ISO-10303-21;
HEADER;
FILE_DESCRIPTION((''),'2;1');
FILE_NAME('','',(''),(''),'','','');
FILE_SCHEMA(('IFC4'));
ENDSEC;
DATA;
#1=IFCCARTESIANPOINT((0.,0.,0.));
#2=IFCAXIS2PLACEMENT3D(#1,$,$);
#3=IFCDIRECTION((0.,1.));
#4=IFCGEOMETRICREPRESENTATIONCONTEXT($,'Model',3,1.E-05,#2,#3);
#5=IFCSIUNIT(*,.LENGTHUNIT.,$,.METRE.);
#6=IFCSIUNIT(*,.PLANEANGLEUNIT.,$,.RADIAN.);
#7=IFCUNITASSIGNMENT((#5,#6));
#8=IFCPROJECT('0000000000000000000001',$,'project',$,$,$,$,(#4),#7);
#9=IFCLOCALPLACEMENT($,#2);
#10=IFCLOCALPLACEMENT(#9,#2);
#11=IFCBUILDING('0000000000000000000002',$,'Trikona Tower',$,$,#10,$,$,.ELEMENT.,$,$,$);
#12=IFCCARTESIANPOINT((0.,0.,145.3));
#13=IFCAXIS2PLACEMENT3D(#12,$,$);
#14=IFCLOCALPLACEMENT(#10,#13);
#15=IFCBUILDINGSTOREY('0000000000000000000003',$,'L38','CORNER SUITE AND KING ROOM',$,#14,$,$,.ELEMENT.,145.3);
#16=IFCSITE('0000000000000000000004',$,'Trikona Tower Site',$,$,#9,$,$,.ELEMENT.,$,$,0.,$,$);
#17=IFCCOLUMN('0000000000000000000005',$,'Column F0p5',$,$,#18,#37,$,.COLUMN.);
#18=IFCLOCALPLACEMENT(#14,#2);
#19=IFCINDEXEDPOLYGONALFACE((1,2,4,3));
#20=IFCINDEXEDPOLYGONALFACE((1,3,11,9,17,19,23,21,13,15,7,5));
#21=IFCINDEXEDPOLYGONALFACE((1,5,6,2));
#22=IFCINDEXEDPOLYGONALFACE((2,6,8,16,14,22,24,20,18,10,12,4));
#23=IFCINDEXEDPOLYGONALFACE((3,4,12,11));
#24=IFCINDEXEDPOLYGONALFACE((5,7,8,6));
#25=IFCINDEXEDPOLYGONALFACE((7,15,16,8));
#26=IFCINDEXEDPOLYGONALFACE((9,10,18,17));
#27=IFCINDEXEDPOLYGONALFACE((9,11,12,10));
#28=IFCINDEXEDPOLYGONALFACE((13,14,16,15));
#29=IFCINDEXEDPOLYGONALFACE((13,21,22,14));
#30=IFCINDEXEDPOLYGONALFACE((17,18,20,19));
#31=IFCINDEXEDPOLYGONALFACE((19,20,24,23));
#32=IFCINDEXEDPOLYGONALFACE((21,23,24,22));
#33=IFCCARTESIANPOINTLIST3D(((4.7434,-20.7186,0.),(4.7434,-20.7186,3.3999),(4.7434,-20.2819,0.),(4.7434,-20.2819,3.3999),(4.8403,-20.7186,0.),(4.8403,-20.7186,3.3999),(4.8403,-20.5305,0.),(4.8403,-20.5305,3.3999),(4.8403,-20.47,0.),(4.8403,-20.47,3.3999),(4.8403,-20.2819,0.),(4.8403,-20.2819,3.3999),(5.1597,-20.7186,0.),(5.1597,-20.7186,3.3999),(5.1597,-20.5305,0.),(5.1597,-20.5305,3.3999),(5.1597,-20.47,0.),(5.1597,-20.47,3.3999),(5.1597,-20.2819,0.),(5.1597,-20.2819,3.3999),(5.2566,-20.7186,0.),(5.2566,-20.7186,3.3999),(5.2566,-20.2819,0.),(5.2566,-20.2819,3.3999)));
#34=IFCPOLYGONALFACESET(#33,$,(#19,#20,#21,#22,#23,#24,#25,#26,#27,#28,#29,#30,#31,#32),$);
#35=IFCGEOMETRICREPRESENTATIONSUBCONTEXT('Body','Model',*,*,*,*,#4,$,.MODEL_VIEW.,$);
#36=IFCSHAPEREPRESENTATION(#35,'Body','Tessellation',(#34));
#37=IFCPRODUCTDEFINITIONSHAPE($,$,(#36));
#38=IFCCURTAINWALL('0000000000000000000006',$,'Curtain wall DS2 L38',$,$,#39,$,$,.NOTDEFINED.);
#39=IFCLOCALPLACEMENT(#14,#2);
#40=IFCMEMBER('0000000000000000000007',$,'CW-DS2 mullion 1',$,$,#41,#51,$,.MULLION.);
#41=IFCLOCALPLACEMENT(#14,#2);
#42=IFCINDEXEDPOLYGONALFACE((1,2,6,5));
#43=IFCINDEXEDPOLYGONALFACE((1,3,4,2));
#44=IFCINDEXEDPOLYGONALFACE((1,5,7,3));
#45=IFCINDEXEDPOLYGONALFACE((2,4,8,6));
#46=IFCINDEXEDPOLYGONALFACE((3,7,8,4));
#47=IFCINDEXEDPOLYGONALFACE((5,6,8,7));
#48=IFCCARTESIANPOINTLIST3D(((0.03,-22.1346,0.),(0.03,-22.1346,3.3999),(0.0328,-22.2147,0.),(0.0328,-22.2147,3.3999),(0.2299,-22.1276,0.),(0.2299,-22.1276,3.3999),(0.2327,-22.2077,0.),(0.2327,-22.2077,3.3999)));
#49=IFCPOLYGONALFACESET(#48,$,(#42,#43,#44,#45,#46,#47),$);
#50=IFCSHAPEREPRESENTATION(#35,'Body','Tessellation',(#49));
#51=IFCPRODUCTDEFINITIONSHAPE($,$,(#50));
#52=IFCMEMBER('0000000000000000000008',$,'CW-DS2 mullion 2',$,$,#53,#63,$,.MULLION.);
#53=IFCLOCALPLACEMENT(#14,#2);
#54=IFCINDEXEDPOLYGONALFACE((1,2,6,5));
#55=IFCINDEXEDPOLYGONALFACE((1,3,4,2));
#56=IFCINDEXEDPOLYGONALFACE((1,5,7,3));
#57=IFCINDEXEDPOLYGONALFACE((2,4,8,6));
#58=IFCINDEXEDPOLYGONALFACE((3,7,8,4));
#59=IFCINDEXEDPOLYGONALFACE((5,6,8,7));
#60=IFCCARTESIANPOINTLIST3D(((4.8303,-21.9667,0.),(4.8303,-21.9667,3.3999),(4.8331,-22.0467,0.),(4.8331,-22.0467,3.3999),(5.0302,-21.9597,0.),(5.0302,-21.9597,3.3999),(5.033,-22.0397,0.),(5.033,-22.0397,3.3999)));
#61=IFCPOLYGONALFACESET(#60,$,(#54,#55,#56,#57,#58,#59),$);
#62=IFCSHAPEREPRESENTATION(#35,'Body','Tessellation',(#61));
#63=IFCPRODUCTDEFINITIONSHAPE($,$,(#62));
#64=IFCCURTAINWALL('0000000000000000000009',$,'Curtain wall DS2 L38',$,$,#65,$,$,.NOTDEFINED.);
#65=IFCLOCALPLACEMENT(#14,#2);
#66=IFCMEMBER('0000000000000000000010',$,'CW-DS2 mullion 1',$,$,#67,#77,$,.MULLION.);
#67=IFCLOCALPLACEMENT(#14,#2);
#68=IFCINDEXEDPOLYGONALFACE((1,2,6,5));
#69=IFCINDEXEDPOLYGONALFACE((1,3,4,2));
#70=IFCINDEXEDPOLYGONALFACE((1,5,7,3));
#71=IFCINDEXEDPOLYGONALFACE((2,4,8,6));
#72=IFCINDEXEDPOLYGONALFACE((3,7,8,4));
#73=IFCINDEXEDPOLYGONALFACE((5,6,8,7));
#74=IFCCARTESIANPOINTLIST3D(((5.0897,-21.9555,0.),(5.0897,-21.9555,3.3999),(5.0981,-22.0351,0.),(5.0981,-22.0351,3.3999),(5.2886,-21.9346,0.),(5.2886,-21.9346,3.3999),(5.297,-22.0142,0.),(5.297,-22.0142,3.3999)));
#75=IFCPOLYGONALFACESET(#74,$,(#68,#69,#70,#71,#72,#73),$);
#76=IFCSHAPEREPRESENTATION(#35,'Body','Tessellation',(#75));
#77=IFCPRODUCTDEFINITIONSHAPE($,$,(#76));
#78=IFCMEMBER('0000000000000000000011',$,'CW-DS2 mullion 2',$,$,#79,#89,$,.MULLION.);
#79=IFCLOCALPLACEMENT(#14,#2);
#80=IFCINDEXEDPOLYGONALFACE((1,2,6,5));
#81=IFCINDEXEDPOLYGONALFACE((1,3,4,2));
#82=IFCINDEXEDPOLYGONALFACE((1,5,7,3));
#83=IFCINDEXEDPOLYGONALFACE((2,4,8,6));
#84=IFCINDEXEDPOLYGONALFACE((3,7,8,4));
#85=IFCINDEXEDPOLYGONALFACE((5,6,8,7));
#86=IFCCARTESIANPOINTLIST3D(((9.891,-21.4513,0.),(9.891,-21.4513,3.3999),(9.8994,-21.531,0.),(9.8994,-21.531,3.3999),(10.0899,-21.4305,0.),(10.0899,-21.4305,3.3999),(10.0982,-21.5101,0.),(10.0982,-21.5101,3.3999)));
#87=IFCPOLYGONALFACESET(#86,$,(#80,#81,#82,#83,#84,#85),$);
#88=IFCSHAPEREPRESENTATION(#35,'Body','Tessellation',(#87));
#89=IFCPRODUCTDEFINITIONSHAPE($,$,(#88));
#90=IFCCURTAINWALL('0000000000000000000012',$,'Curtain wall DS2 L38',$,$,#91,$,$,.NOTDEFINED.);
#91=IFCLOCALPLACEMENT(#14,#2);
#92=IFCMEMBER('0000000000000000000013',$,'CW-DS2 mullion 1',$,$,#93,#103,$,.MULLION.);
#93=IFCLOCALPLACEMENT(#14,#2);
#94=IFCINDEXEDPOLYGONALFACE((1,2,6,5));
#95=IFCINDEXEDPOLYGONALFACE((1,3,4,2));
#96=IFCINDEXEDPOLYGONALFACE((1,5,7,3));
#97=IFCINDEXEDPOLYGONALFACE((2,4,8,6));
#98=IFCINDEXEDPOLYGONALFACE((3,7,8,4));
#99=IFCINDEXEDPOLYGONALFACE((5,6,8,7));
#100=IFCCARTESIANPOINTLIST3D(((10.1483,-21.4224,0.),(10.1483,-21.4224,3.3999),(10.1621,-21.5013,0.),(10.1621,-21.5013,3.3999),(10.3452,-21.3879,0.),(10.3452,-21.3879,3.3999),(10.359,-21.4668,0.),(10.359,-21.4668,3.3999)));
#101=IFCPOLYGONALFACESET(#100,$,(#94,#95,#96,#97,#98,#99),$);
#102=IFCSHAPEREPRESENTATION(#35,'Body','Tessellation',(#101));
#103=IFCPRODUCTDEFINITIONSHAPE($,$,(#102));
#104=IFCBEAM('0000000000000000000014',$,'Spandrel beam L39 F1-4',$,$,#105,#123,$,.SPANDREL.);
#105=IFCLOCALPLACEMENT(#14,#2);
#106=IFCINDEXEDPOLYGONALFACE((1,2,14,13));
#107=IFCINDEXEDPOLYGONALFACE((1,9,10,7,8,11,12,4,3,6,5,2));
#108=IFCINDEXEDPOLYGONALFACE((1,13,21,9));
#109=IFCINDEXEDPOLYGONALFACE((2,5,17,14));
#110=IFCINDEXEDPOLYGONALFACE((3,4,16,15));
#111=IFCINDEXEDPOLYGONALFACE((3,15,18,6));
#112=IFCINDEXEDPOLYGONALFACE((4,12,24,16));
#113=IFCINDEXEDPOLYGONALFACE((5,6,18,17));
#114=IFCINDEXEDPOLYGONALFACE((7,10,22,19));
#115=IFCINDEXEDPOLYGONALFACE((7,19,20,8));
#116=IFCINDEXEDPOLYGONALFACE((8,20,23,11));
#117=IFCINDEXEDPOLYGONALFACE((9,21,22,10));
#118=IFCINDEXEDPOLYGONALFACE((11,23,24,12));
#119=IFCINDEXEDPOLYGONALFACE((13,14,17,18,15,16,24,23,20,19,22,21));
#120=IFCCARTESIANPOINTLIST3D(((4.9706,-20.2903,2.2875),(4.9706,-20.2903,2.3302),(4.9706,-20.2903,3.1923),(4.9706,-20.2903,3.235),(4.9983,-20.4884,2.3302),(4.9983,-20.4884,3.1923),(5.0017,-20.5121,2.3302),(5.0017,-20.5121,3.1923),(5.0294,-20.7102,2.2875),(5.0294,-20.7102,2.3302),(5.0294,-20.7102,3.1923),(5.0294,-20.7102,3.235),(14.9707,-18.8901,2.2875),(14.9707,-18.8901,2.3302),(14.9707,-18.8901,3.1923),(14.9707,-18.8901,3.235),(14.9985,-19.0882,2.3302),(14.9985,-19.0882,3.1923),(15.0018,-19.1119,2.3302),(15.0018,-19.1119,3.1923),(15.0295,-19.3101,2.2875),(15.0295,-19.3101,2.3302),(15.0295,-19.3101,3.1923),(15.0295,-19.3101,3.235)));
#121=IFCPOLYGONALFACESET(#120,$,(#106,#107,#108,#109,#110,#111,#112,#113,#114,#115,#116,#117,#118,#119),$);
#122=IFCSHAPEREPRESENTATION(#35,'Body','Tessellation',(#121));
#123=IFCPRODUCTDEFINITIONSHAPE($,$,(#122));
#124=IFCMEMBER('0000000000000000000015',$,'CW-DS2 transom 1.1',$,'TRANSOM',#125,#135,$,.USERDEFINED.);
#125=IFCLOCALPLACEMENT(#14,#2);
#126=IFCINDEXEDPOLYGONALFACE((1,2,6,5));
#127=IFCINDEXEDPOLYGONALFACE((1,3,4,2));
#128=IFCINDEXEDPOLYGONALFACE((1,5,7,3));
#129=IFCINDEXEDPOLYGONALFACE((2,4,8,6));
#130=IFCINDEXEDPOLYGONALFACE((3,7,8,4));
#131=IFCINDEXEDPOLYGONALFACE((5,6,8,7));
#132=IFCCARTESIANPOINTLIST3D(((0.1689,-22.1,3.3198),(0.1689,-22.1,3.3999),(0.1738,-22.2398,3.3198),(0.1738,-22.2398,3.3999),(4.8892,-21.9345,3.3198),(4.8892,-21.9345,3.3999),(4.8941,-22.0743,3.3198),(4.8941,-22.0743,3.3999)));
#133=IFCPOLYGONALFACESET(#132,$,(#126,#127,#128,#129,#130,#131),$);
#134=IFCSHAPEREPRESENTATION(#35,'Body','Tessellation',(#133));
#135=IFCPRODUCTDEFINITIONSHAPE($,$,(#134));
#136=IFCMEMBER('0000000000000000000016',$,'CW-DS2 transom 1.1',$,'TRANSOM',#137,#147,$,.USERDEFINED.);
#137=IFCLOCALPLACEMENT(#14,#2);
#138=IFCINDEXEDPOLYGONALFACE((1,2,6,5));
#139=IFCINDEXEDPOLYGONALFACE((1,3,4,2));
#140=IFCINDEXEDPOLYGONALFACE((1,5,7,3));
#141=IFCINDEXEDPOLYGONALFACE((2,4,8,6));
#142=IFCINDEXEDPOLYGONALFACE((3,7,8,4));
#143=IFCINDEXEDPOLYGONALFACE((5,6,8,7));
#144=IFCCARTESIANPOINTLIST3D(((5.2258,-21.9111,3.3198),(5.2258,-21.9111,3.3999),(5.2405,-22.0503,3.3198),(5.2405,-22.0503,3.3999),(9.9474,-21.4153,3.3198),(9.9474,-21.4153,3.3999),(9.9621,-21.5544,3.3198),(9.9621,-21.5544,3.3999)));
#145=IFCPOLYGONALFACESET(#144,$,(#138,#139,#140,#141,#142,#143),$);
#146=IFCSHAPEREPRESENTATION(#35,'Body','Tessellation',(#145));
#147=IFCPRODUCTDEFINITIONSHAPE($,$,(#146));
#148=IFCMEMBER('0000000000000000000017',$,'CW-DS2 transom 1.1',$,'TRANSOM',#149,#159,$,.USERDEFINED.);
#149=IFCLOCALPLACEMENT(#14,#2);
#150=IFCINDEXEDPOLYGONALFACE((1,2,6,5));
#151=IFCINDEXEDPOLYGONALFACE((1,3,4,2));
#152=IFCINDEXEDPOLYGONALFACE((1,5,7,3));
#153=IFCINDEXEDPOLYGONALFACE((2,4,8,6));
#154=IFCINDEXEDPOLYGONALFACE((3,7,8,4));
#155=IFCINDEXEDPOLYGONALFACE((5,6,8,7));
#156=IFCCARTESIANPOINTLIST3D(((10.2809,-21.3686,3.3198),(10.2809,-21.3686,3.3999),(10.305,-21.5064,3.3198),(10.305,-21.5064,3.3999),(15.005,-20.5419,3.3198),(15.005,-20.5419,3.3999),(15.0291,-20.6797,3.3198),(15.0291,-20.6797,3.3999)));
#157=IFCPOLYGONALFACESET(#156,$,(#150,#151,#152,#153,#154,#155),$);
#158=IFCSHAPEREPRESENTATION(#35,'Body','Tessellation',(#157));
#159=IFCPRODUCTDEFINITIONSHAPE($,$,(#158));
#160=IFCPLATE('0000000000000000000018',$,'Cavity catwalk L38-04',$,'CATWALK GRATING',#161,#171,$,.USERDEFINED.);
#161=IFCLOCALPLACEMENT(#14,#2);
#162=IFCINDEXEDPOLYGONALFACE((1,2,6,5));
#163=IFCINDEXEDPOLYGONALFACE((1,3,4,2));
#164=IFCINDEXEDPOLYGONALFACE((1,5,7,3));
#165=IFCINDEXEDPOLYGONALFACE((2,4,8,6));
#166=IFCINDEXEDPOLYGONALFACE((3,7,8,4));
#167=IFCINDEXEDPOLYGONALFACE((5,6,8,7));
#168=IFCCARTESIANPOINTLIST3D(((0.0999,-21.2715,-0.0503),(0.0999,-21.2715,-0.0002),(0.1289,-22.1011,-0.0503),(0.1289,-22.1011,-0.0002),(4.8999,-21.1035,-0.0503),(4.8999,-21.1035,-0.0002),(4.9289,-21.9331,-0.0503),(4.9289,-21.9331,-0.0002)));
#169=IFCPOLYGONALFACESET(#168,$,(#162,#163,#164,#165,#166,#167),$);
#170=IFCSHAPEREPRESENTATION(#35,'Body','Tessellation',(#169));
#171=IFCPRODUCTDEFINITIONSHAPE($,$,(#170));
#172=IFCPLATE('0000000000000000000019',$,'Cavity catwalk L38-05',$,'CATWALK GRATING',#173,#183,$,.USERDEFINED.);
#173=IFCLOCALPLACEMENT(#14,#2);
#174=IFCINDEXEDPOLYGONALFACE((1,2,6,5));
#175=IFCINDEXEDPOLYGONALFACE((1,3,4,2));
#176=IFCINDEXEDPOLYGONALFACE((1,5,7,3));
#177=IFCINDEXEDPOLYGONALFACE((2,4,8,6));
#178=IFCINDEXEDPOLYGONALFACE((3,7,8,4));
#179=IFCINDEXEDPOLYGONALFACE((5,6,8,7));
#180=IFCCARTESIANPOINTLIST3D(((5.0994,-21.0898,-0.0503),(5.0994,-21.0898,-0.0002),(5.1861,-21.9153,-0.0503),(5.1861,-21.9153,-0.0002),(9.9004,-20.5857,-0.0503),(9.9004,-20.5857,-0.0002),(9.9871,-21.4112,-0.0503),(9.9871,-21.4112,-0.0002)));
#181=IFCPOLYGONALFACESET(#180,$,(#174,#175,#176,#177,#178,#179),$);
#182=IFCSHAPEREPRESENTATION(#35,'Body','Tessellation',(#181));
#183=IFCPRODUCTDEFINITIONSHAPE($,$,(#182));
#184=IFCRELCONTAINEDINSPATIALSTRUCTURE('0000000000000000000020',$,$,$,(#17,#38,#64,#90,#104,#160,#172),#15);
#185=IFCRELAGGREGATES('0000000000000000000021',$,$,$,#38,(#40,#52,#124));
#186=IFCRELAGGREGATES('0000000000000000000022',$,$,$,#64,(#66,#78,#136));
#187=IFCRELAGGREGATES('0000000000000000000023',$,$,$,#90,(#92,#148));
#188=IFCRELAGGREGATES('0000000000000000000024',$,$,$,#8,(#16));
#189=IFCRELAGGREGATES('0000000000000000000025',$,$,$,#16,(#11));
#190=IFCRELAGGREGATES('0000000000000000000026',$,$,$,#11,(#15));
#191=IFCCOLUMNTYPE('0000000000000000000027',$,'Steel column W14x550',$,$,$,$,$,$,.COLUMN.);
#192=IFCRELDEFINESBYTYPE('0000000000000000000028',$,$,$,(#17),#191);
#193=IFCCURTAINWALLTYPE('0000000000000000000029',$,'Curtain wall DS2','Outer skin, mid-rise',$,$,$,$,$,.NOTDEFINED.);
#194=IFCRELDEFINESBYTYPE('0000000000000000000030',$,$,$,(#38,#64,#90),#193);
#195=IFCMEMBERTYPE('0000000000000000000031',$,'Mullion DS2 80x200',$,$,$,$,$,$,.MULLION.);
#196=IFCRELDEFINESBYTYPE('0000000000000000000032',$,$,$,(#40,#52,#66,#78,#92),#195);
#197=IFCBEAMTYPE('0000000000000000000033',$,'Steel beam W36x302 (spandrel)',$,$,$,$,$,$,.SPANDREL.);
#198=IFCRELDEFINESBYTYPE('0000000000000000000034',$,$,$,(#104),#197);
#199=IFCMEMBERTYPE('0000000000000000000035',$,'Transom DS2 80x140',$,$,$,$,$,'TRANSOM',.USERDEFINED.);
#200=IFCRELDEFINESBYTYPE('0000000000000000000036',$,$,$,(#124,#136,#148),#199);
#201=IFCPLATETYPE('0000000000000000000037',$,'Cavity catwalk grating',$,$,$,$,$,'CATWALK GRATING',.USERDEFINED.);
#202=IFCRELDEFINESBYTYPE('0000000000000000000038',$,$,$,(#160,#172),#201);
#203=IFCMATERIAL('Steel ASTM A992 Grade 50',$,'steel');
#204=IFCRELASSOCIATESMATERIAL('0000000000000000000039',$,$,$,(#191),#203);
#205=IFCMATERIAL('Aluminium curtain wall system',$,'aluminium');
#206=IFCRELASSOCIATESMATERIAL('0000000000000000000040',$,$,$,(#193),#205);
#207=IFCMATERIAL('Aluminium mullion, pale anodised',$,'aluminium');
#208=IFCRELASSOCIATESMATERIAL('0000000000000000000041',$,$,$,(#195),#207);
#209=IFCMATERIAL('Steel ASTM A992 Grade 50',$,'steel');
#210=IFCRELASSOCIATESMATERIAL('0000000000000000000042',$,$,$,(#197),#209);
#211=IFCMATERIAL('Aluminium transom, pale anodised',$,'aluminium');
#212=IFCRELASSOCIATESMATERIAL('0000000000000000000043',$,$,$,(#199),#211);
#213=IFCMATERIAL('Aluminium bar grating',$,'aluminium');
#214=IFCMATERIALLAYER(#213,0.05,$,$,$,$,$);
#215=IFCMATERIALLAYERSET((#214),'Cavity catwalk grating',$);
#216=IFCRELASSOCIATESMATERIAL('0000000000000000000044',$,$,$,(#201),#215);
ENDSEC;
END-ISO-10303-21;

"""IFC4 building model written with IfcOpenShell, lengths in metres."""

from ifc_helpers import new_model, si_unit, direction, frame, origin, origin_2d, place, context, subcontext, project, spatial, rectangle, i_section, extrude, material, layer, layer_set, material_profile, profile_set, type_object, element, aggregate, save


model = new_model("IFC4")

# Units and contexts
model_context = context("Model", 3, precision=1e-05, world=origin(), true_north=direction((0.0, 1.0)))
body_context = subcontext(model_context, "Body", "Model", "MODEL_VIEW")
ifc_project = project(units=[si_unit("LENGTHUNIT", "METRE"), si_unit("PLANEANGLEUNIT", "RADIAN")], contexts=[model_context])

# Site, building, storey
site_placement = place(None, origin())
site = spatial("IfcSite", under=ifc_project, at=site_placement, Name="Trikona Tower Site", CompositionType="ELEMENT", RefElevation=0.0)
building_placement = place(site_placement, origin())
building = spatial("IfcBuilding", under=site, at=building_placement, Name="Trikona Tower", CompositionType="ELEMENT")
storey_placement = place(building_placement, frame((0.0, 0.0, 145.3)))
storey = spatial("IfcBuildingStorey", under=building, at=storey_placement, Name="L38", Description="CORNER SUITE AND KING ROOM", CompositionType="ELEMENT", Elevation=145.3)

# Column
ifc_material_1 = material(Name="Steel ASTM A992 Grade 50", Category="steel")
ifc_material_profile_1 = material_profile(ifc_material_1, i_section(OverallWidth=0.4368, OverallDepth=0.5132, WebThickness=0.0605, FlangeThickness=0.0969, at=origin_2d()), Name="W14X550")
ifc_profile_set_1 = profile_set([ifc_material_profile_1], Name="Steel ASTM A992 Grade 50")
column_type = type_object("IfcColumnType", Name="Steel column W14x550", PredefinedType="COLUMN", material=ifc_profile_set_1)
column_placement = place(storey_placement, frame((5.0, -20.5002, 0.0), z_axis=(0.0, 0.0, 1.0), x_axis=(0.0, -1.0, 0.0)))
element("IfcColumn", 1, at=column_placement, inside=storey, type_object=column_type, Name="Column F0p5", PredefinedType="COLUMN", context=body_context, shape_type="SweptSolid", body=[
    extrude(i_section(OverallWidth=0.4368, OverallDepth=0.5132, WebThickness=0.0605, FlangeThickness=0.0969, at=origin_2d()), origin(), (0.0, 0.0, 1.0), 3.3999),
])

# Curtain walls, members
ifc_material_2 = material(Name="Aluminium curtain wall system", Category="aluminium")
curtain_wall_type = type_object("IfcCurtainWallType", Name="Curtain wall DS2", Description="Outer skin, mid-rise", PredefinedType="NOTDEFINED", material=ifc_material_2)
curtain_wall_1_placement = place(storey_placement, origin())
curtain_wall_1 = element("IfcCurtainWall", 2, at=curtain_wall_1_placement, inside=storey, type_object=curtain_wall_type, Name="Curtain wall DS2 L38", PredefinedType="NOTDEFINED")
ifc_material_3 = material(Name="Aluminium mullion, pale anodised", Category="aluminium")
ifc_material_profile_2 = material_profile(ifc_material_3, rectangle(XDim=0.0801, YDim=0.2, at=origin_2d()), Name="MUL-DS2")
ifc_profile_set_2 = profile_set([ifc_material_profile_2], Name="Aluminium mullion, pale anodised")
member_type_1 = type_object("IfcMemberType", Name="Mullion DS2 80x200", PredefinedType="MULLION", material=ifc_profile_set_2)
member_1_placement = place(storey_placement, frame((0.1313, -22.1711, 0.0), z_axis=(0.0, 0.0, 1.0), x_axis=(-0.034998, 0.999387, 0.0)))
member_1 = element("IfcMember", 3, at=member_1_placement, type_object=member_type_1, Name="CW-DS2 mullion 1", PredefinedType="MULLION", context=body_context, shape_type="SweptSolid", body=[
    extrude(rectangle(XDim=0.0801, YDim=0.2, at=origin_2d()), origin(), (0.0, 0.0, 1.0), 3.3999),
])
member_2_placement = place(storey_placement, frame((4.9316, -22.0032, 0.0), z_axis=(0.0, 0.0, 1.0), x_axis=(-0.034998, 0.999387, 0.0)))
member_2 = element("IfcMember", 4, at=member_2_placement, type_object=member_type_1, Name="CW-DS2 mullion 2", PredefinedType="MULLION", context=body_context, shape_type="SweptSolid", body=[
    extrude(rectangle(XDim=0.0801, YDim=0.2, at=origin_2d()), origin(), (0.0, 0.0, 1.0), 3.3999),
])
curtain_wall_2_placement = place(storey_placement, origin())
curtain_wall_2 = element("IfcCurtainWall", 5, at=curtain_wall_2_placement, inside=storey, type_object=curtain_wall_type, Name="Curtain wall DS2 L38", PredefinedType="NOTDEFINED")
member_3_placement = place(storey_placement, frame((5.1934, -21.9849, 0.0), z_axis=(0.0, 0.0, 1.0), x_axis=(-0.104433, 0.994532, 0.0)))
member_3 = element("IfcMember", 6, at=member_3_placement, type_object=member_type_1, Name="CW-DS2 mullion 1", PredefinedType="MULLION", context=body_context, shape_type="SweptSolid", body=[
    extrude(rectangle(XDim=0.0801, YDim=0.2, at=origin_2d()), origin(), (0.0, 0.0, 1.0), 3.3999),
])
member_4_placement = place(storey_placement, frame((9.9946, -21.4807, 0.0), z_axis=(0.0, 0.0, 1.0), x_axis=(-0.104433, 0.994532, 0.0)))
member_4 = element("IfcMember", 7, at=member_4_placement, type_object=member_type_1, Name="CW-DS2 mullion 2", PredefinedType="MULLION", context=body_context, shape_type="SweptSolid", body=[
    extrude(rectangle(XDim=0.0801, YDim=0.2, at=origin_2d()), origin(), (0.0, 0.0, 1.0), 3.3999),
])

# Curtain wall, member
curtain_wall_3_placement = place(storey_placement, origin())
curtain_wall_3 = element("IfcCurtainWall", 8, at=curtain_wall_3_placement, inside=storey, type_object=curtain_wall_type, Name="Curtain wall DS2 L38", PredefinedType="NOTDEFINED")
member_5_placement = place(storey_placement, frame((10.2537, -21.4446, 0.0), z_axis=(0.0, 0.0, 1.0), x_axis=(-0.172377, 0.985031, 0.0)))
member_5 = element("IfcMember", 9, at=member_5_placement, type_object=member_type_1, Name="CW-DS2 mullion 1", PredefinedType="MULLION", context=body_context, shape_type="SweptSolid", body=[
    extrude(rectangle(XDim=0.0801, YDim=0.2, at=origin_2d()), origin(), (0.0, 0.0, 1.0), 3.3999),
])

# Beam
ifc_material_4 = material(Name="Steel ASTM A992 Grade 50", Category="steel")
ifc_material_profile_3 = material_profile(ifc_material_4, i_section(OverallWidth=0.4241, OverallDepth=0.9475, WebThickness=0.0239, FlangeThickness=0.0427, at=origin_2d()), Name="W36X302")
ifc_profile_set_3 = profile_set([ifc_material_profile_3], Name="Steel ASTM A992 Grade 50")
beam_type = type_object("IfcBeamType", Name="Steel beam W36x302 (spandrel)", PredefinedType="SPANDREL", material=ifc_profile_set_3)
beam_placement = place(storey_placement, frame((5.0, -20.5002, 2.7612), z_axis=(0.99034, 0.138662, 0.0), x_axis=(-0.138662, 0.99034, 0.0)))
element("IfcBeam", 10, at=beam_placement, inside=storey, type_object=beam_type, Name="Spandrel beam L39 F1-4", PredefinedType="SPANDREL", context=body_context, shape_type="SweptSolid", body=[
    extrude(i_section(OverallWidth=0.4241, OverallDepth=0.9475, WebThickness=0.0239, FlangeThickness=0.0427, at=origin_2d()), origin(), (0.0, 0.0, 1.0), 10.0977),
])

# Members
ifc_material_5 = material(Name="Aluminium transom, pale anodised", Category="aluminium")
ifc_material_profile_4 = material_profile(ifc_material_5, rectangle(XDim=0.1399, YDim=0.0801, at=origin_2d()), Name="TRN-DS2")
ifc_profile_set_4 = profile_set([ifc_material_profile_4], Name="Aluminium transom, pale anodised")
member_type_2 = type_object("IfcMemberType", Name="Transom DS2 80x140", ElementType="TRANSOM", PredefinedType="USERDEFINED", material=ifc_profile_set_4)
member_6_placement = place(storey_placement, frame((0.1714, -22.1699, 3.3599), z_axis=(0.999386, 0.035046, 0.0), x_axis=(-0.035046, 0.999386, 0.0)))
member_6 = element("IfcMember", 11, at=member_6_placement, type_object=member_type_2, Name="CW-DS2 transom 1.1", ObjectType="TRANSOM", PredefinedType="USERDEFINED", context=body_context, shape_type="SweptSolid", body=[
    extrude(rectangle(XDim=0.1399, YDim=0.0801, at=origin_2d()), origin(), (0.0, 0.0, 1.0), 4.7231),
])
member_7_placement = place(storey_placement, frame((5.2332, -21.9807, 3.3599), z_axis=(0.994531, 0.104441, 0.0), x_axis=(-0.104441, 0.994531, 0.0)))
member_7 = element("IfcMember", 12, at=member_7_placement, type_object=member_type_2, Name="CW-DS2 transom 1.1", ObjectType="TRANSOM", PredefinedType="USERDEFINED", context=body_context, shape_type="SweptSolid", body=[
    extrude(rectangle(XDim=0.1399, YDim=0.0801, at=origin_2d()), origin(), (0.0, 0.0, 1.0), 4.7476),
])
member_8_placement = place(storey_placement, frame((10.293, -21.4375, 3.3599), z_axis=(0.985033, 0.172368, 0.0), x_axis=(-0.172368, 0.985033, 0.0)))
member_8 = element("IfcMember", 13, at=member_8_placement, type_object=member_type_2, Name="CW-DS2 transom 1.1", ObjectType="TRANSOM", PredefinedType="USERDEFINED", context=body_context, shape_type="SweptSolid", body=[
    extrude(rectangle(XDim=0.1399, YDim=0.0801, at=origin_2d()), origin(), (0.0, 0.0, 1.0), 4.7959),
])

# Plates
ifc_material_6 = material(Name="Aluminium bar grating", Category="aluminium")
ifc_layer_1 = layer(ifc_material_6, 0.05)
ifc_layer_set_1 = layer_set([ifc_layer_1], Name="Cavity catwalk grating")
plate_type_1 = type_object("IfcPlateType", Name="Cavity catwalk grating", ElementType="CATWALK GRATING", PredefinedType="USERDEFINED", material=ifc_layer_set_1)
plate_1_placement = place(storey_placement, frame((2.5144, -21.6023, -0.0503), z_axis=(0.0, 0.0, 1.0), x_axis=(0.999388, 0.034978, 0.0)))
element("IfcPlate", 14, at=plate_1_placement, inside=storey, type_object=plate_type_1, Name="Cavity catwalk L38-04", ObjectType="CATWALK GRATING", PredefinedType="USERDEFINED", context=body_context, shape_type="SweptSolid", body=[
    extrude(rectangle(XDim=4.803, YDim=0.8301, at=origin_2d()), origin(), (0.0, 0.0, 1.0), 0.05),
])
plate_2_placement = place(storey_placement, frame((7.5432, -21.2505, -0.0503), z_axis=(0.0, 0.0, 1.0), x_axis=(0.994533, 0.104426, 0.0)))
element("IfcPlate", 15, at=plate_2_placement, inside=storey, type_object=plate_type_1, Name="Cavity catwalk L38-05", ObjectType="CATWALK GRATING", PredefinedType="USERDEFINED", context=body_context, shape_type="SweptSolid", body=[
    extrude(rectangle(XDim=4.8274, YDim=0.8301, at=origin_2d()), origin(), (0.0, 0.0, 1.0), 0.05),
])

aggregate(curtain_wall_1, [member_1, member_2, member_6])
aggregate(curtain_wall_2, [member_3, member_4, member_7])
aggregate(curtain_wall_3, [member_5, member_8])

save(model, "model.ifc")
